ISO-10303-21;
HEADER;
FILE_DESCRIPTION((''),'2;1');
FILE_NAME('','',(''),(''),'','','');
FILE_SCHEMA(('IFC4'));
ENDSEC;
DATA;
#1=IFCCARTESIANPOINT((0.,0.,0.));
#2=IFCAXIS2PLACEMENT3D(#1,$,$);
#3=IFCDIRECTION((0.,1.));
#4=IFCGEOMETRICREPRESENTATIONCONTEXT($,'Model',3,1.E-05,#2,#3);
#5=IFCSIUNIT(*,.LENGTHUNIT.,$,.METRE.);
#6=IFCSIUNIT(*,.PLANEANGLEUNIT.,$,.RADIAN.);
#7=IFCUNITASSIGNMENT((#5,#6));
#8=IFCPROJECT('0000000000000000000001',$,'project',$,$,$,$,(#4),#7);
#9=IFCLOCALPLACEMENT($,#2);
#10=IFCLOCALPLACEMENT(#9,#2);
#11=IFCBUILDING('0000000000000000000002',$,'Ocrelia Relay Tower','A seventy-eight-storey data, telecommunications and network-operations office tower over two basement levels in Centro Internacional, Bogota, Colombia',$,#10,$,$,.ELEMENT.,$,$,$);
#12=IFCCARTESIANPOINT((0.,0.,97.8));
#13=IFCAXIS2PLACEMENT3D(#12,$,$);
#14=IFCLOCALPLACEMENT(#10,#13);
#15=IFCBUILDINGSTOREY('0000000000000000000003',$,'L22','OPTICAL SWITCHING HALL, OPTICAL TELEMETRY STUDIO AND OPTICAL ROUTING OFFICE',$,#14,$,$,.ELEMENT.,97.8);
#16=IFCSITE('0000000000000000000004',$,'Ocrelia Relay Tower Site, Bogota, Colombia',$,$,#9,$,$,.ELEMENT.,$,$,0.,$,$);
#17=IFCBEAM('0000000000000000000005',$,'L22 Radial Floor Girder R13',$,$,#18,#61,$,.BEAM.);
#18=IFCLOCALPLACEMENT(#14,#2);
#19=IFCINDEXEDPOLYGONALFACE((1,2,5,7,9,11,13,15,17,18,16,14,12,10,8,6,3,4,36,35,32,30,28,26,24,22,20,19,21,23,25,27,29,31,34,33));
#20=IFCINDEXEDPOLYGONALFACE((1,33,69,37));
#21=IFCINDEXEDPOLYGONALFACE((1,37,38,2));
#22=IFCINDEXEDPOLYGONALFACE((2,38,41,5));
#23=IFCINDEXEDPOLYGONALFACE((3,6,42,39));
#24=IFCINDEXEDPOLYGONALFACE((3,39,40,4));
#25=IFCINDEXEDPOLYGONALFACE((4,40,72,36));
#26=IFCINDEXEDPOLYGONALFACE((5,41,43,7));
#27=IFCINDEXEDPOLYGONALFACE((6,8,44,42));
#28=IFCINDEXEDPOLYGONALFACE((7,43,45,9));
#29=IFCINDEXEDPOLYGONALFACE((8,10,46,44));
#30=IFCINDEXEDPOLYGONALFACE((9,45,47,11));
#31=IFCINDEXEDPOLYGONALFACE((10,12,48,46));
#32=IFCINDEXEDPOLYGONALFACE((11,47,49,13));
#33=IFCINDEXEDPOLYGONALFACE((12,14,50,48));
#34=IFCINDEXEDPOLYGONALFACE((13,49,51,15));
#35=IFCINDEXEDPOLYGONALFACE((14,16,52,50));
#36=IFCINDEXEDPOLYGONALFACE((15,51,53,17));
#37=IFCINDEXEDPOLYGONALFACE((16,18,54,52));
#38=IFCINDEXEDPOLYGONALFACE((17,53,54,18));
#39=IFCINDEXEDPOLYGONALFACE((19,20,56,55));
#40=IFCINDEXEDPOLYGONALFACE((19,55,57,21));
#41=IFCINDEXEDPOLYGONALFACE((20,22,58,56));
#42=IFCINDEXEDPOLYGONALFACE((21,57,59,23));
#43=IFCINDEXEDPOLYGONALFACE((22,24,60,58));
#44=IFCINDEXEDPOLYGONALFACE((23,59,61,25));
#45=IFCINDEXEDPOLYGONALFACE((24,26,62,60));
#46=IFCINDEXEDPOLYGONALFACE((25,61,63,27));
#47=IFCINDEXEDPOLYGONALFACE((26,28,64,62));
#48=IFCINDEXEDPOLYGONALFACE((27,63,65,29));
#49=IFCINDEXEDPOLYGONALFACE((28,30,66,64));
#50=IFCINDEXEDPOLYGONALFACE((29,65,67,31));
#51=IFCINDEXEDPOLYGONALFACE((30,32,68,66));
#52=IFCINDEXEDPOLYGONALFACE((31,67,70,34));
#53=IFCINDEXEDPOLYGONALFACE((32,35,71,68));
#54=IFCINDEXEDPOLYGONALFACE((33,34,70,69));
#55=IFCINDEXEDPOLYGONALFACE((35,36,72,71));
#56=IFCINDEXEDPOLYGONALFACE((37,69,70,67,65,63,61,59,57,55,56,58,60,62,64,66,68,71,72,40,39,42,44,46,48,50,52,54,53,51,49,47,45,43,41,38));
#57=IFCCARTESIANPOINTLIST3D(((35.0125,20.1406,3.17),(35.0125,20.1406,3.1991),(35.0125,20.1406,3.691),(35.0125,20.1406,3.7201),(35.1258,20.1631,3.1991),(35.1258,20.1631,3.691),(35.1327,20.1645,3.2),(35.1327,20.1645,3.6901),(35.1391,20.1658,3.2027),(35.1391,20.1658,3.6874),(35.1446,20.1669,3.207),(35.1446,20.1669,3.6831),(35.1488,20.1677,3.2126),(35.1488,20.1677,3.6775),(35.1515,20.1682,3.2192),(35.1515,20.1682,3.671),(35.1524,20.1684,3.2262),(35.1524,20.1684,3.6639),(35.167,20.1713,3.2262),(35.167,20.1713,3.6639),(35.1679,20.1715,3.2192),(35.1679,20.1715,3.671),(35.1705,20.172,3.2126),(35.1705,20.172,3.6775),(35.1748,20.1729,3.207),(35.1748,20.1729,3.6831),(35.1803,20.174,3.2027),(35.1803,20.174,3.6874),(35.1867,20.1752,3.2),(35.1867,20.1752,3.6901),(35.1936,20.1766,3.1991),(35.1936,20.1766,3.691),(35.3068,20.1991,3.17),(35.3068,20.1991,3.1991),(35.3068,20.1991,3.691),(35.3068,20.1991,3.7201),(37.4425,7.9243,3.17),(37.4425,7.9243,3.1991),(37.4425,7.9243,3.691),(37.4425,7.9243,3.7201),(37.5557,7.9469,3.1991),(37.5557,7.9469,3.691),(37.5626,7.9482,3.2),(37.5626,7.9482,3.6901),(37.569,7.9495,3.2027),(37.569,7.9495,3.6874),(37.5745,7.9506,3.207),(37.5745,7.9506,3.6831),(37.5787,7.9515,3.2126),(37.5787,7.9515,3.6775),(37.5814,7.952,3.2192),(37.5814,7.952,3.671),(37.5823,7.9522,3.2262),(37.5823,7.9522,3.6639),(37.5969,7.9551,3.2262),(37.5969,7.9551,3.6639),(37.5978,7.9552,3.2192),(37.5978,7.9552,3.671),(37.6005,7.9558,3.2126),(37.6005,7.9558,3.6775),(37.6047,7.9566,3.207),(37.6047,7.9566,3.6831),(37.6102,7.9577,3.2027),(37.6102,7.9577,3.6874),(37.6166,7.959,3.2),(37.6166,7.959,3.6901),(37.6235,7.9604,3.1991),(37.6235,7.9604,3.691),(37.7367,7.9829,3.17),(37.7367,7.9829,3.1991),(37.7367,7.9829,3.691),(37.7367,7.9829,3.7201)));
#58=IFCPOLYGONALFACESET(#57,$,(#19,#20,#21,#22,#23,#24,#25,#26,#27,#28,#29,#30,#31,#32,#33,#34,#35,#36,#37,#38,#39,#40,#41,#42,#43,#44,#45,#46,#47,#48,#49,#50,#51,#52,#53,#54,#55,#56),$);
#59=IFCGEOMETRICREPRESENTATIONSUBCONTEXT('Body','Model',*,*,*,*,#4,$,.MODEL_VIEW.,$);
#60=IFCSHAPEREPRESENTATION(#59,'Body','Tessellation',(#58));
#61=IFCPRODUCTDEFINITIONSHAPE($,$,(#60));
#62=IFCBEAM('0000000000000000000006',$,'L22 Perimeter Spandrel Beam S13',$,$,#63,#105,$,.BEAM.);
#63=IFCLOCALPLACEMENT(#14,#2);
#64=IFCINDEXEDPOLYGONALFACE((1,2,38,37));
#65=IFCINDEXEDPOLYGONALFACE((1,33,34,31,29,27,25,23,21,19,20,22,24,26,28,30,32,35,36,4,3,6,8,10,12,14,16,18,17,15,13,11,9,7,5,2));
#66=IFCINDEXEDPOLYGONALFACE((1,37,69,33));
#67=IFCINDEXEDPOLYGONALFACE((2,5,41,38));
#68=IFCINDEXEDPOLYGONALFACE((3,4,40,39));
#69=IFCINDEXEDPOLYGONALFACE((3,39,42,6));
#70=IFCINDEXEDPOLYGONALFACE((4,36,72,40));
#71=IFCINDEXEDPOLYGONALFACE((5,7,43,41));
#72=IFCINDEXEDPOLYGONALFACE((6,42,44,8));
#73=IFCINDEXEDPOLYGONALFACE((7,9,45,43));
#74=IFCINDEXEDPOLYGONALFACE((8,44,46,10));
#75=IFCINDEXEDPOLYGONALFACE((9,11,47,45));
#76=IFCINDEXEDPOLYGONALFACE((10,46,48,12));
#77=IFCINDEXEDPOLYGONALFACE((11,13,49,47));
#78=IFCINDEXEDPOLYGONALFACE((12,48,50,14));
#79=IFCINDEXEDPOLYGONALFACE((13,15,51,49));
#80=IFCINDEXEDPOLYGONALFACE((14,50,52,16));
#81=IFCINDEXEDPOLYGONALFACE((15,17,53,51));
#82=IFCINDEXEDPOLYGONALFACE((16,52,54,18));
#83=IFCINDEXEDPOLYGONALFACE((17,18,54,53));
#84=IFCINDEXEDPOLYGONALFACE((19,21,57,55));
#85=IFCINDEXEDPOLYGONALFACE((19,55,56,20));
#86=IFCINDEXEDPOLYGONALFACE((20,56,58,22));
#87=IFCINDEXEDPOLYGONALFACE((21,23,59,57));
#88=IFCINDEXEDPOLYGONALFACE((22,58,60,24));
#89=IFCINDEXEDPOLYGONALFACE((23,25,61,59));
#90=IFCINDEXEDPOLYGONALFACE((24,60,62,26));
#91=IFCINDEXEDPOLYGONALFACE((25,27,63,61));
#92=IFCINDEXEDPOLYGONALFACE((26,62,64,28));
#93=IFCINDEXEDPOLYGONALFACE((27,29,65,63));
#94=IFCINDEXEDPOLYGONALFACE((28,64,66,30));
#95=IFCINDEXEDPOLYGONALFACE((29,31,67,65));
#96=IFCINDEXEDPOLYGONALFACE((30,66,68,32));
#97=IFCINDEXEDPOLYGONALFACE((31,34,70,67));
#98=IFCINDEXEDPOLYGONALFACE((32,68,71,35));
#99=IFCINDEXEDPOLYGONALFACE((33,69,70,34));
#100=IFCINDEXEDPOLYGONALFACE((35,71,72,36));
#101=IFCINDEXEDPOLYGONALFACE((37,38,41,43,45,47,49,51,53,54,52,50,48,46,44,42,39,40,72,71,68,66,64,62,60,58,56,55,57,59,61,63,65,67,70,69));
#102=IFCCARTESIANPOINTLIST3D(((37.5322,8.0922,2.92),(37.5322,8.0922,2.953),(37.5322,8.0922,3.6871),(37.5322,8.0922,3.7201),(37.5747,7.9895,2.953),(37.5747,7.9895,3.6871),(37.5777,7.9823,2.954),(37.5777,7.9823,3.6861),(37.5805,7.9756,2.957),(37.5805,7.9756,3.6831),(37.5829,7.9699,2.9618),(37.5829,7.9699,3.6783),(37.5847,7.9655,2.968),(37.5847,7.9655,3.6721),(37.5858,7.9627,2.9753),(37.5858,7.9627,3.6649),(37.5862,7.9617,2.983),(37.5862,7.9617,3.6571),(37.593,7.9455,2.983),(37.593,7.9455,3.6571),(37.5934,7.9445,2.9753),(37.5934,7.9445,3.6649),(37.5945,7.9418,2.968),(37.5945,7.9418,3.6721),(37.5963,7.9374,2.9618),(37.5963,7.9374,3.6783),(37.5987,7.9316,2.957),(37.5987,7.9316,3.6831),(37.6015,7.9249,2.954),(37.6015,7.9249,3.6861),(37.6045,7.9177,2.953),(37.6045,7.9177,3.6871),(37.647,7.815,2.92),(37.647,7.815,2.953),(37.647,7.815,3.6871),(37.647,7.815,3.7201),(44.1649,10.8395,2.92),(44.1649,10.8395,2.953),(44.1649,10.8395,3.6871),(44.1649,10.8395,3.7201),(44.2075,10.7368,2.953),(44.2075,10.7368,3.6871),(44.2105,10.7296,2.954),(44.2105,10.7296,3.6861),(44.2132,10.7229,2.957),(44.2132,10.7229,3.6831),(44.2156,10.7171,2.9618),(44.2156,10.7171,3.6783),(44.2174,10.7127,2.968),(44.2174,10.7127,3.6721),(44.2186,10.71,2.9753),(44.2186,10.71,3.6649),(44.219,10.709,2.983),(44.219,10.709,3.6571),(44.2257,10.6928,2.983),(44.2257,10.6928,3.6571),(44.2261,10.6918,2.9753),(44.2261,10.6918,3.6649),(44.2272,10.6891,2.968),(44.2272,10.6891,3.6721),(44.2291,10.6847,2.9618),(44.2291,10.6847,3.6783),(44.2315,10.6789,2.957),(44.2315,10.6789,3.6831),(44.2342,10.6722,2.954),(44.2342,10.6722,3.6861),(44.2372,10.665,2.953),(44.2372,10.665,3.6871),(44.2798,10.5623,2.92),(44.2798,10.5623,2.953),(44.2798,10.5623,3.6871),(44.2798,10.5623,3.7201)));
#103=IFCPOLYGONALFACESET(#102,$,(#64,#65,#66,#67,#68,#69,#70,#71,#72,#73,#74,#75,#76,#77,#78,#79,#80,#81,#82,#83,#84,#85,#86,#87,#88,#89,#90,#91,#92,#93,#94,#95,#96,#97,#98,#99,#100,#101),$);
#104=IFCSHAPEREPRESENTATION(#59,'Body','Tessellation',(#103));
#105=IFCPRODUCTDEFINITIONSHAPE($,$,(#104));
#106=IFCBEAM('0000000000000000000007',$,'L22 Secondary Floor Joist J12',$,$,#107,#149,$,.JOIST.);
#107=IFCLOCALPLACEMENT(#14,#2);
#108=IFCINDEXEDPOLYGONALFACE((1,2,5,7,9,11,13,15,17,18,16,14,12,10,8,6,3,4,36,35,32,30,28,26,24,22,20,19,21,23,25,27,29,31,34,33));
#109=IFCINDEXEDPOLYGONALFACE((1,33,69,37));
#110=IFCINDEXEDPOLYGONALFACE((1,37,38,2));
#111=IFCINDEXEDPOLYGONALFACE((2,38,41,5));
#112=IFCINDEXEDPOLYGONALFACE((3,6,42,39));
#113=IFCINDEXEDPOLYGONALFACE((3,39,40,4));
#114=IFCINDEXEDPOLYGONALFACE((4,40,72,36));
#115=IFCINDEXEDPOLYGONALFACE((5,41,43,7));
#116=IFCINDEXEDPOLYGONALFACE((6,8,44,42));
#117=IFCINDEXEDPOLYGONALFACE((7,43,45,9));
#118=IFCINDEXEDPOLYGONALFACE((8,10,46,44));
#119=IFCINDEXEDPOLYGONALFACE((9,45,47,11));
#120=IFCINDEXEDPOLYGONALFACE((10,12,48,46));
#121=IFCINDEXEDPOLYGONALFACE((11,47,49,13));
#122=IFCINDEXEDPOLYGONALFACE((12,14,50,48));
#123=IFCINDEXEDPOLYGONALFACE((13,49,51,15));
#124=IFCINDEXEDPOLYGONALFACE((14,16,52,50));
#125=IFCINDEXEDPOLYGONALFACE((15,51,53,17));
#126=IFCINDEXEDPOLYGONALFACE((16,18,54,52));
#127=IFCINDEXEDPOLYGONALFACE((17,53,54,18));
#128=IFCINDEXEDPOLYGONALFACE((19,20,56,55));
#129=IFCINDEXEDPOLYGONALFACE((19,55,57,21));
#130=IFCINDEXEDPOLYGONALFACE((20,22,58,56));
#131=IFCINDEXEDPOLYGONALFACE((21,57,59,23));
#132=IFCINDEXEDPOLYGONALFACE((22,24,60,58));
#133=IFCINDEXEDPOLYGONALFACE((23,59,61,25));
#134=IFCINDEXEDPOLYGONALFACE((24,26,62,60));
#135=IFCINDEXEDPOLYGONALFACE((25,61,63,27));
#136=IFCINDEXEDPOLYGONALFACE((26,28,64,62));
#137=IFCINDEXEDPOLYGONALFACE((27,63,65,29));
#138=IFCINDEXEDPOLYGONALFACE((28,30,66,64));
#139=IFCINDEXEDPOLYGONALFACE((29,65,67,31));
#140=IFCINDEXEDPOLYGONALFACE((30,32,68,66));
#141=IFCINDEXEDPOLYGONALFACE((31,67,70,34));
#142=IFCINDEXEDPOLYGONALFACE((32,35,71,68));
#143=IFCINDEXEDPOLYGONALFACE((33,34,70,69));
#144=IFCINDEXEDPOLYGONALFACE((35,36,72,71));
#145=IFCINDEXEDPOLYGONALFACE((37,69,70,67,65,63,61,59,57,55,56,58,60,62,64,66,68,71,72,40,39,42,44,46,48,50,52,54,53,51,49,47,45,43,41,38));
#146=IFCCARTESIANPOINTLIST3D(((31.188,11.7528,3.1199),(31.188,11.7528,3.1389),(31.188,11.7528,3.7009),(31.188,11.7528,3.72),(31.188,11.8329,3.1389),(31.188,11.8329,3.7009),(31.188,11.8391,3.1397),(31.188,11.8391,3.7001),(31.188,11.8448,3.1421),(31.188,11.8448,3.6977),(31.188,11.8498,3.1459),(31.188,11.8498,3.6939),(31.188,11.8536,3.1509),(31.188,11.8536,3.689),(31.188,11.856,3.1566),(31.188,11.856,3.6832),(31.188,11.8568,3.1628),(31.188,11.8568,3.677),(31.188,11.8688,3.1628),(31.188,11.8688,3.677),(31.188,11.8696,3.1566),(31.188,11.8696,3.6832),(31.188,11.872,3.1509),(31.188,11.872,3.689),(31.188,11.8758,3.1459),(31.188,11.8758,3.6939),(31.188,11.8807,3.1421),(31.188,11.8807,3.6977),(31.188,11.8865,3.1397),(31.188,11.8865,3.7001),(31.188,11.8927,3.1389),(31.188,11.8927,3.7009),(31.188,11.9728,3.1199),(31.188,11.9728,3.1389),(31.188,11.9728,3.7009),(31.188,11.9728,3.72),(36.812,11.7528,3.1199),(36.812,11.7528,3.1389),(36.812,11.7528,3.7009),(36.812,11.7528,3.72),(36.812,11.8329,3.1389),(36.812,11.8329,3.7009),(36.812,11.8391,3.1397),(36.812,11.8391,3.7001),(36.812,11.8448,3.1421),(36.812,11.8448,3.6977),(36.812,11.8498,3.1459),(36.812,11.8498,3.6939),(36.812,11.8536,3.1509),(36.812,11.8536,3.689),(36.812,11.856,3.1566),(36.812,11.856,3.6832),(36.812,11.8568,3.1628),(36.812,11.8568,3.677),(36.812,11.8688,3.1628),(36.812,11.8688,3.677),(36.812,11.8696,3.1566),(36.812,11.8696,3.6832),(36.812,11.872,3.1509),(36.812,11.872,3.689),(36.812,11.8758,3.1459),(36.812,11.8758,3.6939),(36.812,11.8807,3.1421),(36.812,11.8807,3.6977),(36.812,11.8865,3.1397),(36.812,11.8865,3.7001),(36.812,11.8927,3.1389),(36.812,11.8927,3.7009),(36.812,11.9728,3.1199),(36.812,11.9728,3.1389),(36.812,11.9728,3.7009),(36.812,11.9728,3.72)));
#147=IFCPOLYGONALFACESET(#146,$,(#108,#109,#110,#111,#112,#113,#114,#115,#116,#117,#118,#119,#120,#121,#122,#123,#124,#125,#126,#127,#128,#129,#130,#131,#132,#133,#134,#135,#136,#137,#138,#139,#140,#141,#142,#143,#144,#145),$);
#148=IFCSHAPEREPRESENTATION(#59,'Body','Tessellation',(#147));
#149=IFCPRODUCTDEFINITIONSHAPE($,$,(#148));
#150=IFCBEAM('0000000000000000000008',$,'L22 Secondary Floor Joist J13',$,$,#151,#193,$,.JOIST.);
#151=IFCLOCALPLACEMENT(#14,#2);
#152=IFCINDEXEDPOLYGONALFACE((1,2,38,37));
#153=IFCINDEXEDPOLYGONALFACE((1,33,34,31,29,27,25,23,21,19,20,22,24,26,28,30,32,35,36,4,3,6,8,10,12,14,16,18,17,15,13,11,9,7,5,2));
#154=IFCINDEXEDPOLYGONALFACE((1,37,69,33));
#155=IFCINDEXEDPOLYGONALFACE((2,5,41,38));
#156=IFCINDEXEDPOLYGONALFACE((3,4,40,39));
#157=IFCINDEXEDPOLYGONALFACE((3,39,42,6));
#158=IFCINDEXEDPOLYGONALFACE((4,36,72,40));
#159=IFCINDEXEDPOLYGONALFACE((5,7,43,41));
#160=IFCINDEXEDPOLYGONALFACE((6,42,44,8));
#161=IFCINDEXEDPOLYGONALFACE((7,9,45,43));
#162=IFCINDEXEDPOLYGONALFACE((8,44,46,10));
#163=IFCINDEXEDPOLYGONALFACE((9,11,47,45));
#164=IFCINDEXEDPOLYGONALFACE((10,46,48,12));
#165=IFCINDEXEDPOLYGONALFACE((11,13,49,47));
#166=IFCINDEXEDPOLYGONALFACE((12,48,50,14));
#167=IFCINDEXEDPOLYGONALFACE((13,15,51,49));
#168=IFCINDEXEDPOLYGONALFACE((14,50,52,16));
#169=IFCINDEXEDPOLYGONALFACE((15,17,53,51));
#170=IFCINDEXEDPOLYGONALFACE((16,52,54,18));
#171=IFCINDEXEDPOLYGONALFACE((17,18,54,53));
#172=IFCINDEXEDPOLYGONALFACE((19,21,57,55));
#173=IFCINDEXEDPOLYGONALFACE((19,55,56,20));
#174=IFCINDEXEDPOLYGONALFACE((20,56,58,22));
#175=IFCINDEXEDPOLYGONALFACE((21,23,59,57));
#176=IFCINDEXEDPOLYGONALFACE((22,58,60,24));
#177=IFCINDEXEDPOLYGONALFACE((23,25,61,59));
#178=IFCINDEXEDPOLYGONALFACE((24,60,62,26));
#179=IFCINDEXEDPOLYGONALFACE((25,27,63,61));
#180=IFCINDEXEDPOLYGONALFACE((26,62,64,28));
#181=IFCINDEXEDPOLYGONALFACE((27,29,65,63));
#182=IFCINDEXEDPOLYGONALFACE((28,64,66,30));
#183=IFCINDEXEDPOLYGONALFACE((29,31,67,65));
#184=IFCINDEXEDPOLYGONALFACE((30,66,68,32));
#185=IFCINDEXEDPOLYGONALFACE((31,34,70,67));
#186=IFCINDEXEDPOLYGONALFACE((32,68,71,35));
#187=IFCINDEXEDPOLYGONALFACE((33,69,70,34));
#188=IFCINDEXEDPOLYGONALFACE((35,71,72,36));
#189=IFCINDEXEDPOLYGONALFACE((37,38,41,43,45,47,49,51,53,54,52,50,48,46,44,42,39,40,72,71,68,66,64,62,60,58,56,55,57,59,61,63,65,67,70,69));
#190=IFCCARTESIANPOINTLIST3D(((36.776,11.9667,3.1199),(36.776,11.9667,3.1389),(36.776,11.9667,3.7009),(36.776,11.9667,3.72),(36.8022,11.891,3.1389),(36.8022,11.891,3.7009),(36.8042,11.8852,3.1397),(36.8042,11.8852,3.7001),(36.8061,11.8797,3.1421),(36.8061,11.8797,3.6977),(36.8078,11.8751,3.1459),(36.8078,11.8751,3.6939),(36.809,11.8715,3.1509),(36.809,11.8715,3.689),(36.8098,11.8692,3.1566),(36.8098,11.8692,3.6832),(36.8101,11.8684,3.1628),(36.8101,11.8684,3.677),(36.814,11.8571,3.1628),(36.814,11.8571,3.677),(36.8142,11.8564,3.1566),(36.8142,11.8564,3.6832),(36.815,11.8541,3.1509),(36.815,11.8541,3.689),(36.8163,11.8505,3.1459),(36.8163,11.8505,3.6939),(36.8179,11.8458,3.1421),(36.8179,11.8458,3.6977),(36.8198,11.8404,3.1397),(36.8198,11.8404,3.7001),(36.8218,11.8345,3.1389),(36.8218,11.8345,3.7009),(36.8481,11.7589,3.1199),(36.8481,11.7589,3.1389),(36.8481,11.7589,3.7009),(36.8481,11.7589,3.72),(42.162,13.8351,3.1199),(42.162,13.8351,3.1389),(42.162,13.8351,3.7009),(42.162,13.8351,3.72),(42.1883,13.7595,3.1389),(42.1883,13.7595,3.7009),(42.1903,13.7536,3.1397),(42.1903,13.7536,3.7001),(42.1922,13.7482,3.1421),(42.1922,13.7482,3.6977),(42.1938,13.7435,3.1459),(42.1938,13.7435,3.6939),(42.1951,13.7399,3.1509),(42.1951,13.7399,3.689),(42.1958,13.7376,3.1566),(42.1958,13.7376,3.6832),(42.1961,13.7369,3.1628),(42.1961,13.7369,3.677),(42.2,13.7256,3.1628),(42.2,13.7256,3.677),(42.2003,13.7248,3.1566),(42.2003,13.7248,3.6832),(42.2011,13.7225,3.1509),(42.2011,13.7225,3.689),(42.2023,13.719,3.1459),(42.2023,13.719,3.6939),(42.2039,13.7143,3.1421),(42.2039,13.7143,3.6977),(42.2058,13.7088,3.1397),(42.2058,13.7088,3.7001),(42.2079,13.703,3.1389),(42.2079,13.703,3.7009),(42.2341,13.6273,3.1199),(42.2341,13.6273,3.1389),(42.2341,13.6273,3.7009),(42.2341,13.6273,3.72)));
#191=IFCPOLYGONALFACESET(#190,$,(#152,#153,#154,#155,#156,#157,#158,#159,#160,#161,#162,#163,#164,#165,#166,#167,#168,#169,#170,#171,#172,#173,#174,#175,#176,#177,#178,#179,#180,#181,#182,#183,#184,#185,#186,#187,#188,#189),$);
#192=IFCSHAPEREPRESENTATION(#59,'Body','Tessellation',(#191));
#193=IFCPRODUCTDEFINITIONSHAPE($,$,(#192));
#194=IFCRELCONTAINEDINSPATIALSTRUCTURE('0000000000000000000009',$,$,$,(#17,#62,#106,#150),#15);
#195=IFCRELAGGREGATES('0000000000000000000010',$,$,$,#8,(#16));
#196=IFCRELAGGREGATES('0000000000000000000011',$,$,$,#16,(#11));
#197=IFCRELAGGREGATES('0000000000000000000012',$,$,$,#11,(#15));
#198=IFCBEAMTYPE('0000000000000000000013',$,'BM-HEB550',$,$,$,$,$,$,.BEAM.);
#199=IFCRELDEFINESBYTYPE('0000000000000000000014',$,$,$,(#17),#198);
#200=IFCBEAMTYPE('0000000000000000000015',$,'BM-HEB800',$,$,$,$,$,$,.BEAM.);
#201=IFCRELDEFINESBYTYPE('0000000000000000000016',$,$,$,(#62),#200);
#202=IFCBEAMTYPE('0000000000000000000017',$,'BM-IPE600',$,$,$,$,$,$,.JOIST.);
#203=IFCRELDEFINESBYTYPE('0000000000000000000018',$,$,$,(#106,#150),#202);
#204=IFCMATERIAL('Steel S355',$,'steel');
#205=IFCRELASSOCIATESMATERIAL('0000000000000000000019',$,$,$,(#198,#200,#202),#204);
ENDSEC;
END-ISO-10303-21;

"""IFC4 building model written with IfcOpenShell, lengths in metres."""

from ifc_helpers import new_model, si_unit, direction, frame, origin, origin_2d, place, context, subcontext, project, spatial, i_section, extrude, material, material_profile, profile_set, type_object, element, save


model = new_model("IFC4")

# Units and contexts
model_context = context("Model", 3, precision=1e-05, world=origin(), true_north=direction((0.0, 1.0)))
body_context = subcontext(model_context, "Body", "Model", "MODEL_VIEW")
ifc_project = project(units=[si_unit("LENGTHUNIT", "METRE"), si_unit("PLANEANGLEUNIT", "RADIAN")], contexts=[model_context])

# Site, building, storey
site_placement = place(None, origin())
site = spatial("IfcSite", under=ifc_project, at=site_placement, Name="Ocrelia Relay Tower Site, Bogota, Colombia", CompositionType="ELEMENT", RefElevation=0.0)
building_placement = place(site_placement, origin())
building = spatial("IfcBuilding", under=site, at=building_placement, Name="Ocrelia Relay Tower", Description="A seventy-eight-storey data, telecommunications and network-operations office tower over two basement levels in Centro Internacional, Bogota, Colombia", CompositionType="ELEMENT")
storey_placement = place(building_placement, frame((0.0, 0.0, 97.8)))
storey = spatial("IfcBuildingStorey", under=building, at=storey_placement, Name="L22", Description="OPTICAL SWITCHING HALL, OPTICAL TELEMETRY STUDIO AND OPTICAL ROUTING OFFICE", CompositionType="ELEMENT", Elevation=97.8)

# Beams
ifc_material_1 = material(Name="Steel S355", Category="steel")
ifc_material_profile_1 = material_profile(ifc_material_1, i_section(OverallWidth=0.3, OverallDepth=0.55, WebThickness=0.0149, FlangeThickness=0.0291, FilletRadius=0.0271, at=origin_2d()), Name="HEB 550")
ifc_profile_set_1 = profile_set([ifc_material_profile_1], Name="Steel S355")
beam_type_1 = type_object("IfcBeamType", Name="BM-HEB550", PredefinedType="BEAM", material=ifc_profile_set_1)
beam_1_placement = place(storey_placement, frame((37.5896, 7.9536, 3.4451), z_axis=(-0.195087, 0.980786, 0.0), x_axis=(-0.980786, -0.195087, 0.0)))
element("IfcBeam", 1, at=beam_1_placement, inside=storey, type_object=beam_type_1, Name="L22 Radial Floor Girder R13", PredefinedType="BEAM", context=body_context, shape_type="SweptSolid", body=[
    extrude(i_section(OverallWidth=0.3, OverallDepth=0.55, WebThickness=0.0149, FlangeThickness=0.0291, FilletRadius=0.0271, at=origin_2d()), origin(), (0.0, 0.0, 1.0), 12.4556),
])
ifc_material_profile_2 = material_profile(ifc_material_1, i_section(OverallWidth=0.3, OverallDepth=0.8, WebThickness=0.0176, FlangeThickness=0.033, FilletRadius=0.03, at=origin_2d()), Name="HEB 800")
ifc_profile_set_2 = profile_set([ifc_material_profile_2], Name="Steel S355")
beam_type_2 = type_object("IfcBeamType", Name="BM-HEB800", PredefinedType="BEAM", material=ifc_profile_set_2)
beam_2_placement = place(storey_placement, frame((37.5896, 7.9536, 3.3201), z_axis=(0.923884, 0.382673, 0.0), x_axis=(-0.382673, 0.923884, 0.0)))
element("IfcBeam", 2, at=beam_2_placement, inside=storey, type_object=beam_type_2, Name="L22 Perimeter Spandrel Beam S13", PredefinedType="BEAM", context=body_context, shape_type="SweptSolid", body=[
    extrude(i_section(OverallWidth=0.3, OverallDepth=0.8, WebThickness=0.0176, FlangeThickness=0.033, FilletRadius=0.03, at=origin_2d()), origin(), (0.0, 0.0, 1.0), 7.1792),
])
ifc_material_profile_3 = material_profile(ifc_material_1, i_section(OverallWidth=0.22, OverallDepth=0.6001, WebThickness=0.012, FlangeThickness=0.019, FilletRadius=0.0239, at=origin_2d()), Name="IPE 600")
ifc_profile_set_3 = profile_set([ifc_material_profile_3], Name="Steel S355")
beam_type_3 = type_object("IfcBeamType", Name="BM-IPE600", PredefinedType="JOIST", material=ifc_profile_set_3)
beam_3_placement = place(storey_placement, frame((31.188, 11.8628, 3.4199), z_axis=(1.0, 0.0, 0.0), x_axis=(0.0, 1.0, 0.0)))
element("IfcBeam", 3, at=beam_3_placement, inside=storey, type_object=beam_type_3, Name="L22 Secondary Floor Joist J12", PredefinedType="JOIST", context=body_context, shape_type="SweptSolid", body=[
    extrude(i_section(OverallWidth=0.22, OverallDepth=0.6001, WebThickness=0.012, FlangeThickness=0.019, FilletRadius=0.0239, at=origin_2d()), origin(), (0.0, 0.0, 1.0), 5.624),
])
beam_4_placement = place(storey_placement, frame((36.812, 11.8628, 3.4199), z_axis=(0.944767, 0.327741, 0.0), x_axis=(-0.327741, 0.944767, 0.0)))
element("IfcBeam", 4, at=beam_4_placement, inside=storey, type_object=beam_type_3, Name="L22 Secondary Floor Joist J13", PredefinedType="JOIST", context=body_context, shape_type="SweptSolid", body=[
    extrude(i_section(OverallWidth=0.22, OverallDepth=0.6001, WebThickness=0.012, FlangeThickness=0.019, FilletRadius=0.0239, at=origin_2d()), origin(), (0.0, 0.0, 1.0), 5.7009),
])

save(model, "model.ifc")
